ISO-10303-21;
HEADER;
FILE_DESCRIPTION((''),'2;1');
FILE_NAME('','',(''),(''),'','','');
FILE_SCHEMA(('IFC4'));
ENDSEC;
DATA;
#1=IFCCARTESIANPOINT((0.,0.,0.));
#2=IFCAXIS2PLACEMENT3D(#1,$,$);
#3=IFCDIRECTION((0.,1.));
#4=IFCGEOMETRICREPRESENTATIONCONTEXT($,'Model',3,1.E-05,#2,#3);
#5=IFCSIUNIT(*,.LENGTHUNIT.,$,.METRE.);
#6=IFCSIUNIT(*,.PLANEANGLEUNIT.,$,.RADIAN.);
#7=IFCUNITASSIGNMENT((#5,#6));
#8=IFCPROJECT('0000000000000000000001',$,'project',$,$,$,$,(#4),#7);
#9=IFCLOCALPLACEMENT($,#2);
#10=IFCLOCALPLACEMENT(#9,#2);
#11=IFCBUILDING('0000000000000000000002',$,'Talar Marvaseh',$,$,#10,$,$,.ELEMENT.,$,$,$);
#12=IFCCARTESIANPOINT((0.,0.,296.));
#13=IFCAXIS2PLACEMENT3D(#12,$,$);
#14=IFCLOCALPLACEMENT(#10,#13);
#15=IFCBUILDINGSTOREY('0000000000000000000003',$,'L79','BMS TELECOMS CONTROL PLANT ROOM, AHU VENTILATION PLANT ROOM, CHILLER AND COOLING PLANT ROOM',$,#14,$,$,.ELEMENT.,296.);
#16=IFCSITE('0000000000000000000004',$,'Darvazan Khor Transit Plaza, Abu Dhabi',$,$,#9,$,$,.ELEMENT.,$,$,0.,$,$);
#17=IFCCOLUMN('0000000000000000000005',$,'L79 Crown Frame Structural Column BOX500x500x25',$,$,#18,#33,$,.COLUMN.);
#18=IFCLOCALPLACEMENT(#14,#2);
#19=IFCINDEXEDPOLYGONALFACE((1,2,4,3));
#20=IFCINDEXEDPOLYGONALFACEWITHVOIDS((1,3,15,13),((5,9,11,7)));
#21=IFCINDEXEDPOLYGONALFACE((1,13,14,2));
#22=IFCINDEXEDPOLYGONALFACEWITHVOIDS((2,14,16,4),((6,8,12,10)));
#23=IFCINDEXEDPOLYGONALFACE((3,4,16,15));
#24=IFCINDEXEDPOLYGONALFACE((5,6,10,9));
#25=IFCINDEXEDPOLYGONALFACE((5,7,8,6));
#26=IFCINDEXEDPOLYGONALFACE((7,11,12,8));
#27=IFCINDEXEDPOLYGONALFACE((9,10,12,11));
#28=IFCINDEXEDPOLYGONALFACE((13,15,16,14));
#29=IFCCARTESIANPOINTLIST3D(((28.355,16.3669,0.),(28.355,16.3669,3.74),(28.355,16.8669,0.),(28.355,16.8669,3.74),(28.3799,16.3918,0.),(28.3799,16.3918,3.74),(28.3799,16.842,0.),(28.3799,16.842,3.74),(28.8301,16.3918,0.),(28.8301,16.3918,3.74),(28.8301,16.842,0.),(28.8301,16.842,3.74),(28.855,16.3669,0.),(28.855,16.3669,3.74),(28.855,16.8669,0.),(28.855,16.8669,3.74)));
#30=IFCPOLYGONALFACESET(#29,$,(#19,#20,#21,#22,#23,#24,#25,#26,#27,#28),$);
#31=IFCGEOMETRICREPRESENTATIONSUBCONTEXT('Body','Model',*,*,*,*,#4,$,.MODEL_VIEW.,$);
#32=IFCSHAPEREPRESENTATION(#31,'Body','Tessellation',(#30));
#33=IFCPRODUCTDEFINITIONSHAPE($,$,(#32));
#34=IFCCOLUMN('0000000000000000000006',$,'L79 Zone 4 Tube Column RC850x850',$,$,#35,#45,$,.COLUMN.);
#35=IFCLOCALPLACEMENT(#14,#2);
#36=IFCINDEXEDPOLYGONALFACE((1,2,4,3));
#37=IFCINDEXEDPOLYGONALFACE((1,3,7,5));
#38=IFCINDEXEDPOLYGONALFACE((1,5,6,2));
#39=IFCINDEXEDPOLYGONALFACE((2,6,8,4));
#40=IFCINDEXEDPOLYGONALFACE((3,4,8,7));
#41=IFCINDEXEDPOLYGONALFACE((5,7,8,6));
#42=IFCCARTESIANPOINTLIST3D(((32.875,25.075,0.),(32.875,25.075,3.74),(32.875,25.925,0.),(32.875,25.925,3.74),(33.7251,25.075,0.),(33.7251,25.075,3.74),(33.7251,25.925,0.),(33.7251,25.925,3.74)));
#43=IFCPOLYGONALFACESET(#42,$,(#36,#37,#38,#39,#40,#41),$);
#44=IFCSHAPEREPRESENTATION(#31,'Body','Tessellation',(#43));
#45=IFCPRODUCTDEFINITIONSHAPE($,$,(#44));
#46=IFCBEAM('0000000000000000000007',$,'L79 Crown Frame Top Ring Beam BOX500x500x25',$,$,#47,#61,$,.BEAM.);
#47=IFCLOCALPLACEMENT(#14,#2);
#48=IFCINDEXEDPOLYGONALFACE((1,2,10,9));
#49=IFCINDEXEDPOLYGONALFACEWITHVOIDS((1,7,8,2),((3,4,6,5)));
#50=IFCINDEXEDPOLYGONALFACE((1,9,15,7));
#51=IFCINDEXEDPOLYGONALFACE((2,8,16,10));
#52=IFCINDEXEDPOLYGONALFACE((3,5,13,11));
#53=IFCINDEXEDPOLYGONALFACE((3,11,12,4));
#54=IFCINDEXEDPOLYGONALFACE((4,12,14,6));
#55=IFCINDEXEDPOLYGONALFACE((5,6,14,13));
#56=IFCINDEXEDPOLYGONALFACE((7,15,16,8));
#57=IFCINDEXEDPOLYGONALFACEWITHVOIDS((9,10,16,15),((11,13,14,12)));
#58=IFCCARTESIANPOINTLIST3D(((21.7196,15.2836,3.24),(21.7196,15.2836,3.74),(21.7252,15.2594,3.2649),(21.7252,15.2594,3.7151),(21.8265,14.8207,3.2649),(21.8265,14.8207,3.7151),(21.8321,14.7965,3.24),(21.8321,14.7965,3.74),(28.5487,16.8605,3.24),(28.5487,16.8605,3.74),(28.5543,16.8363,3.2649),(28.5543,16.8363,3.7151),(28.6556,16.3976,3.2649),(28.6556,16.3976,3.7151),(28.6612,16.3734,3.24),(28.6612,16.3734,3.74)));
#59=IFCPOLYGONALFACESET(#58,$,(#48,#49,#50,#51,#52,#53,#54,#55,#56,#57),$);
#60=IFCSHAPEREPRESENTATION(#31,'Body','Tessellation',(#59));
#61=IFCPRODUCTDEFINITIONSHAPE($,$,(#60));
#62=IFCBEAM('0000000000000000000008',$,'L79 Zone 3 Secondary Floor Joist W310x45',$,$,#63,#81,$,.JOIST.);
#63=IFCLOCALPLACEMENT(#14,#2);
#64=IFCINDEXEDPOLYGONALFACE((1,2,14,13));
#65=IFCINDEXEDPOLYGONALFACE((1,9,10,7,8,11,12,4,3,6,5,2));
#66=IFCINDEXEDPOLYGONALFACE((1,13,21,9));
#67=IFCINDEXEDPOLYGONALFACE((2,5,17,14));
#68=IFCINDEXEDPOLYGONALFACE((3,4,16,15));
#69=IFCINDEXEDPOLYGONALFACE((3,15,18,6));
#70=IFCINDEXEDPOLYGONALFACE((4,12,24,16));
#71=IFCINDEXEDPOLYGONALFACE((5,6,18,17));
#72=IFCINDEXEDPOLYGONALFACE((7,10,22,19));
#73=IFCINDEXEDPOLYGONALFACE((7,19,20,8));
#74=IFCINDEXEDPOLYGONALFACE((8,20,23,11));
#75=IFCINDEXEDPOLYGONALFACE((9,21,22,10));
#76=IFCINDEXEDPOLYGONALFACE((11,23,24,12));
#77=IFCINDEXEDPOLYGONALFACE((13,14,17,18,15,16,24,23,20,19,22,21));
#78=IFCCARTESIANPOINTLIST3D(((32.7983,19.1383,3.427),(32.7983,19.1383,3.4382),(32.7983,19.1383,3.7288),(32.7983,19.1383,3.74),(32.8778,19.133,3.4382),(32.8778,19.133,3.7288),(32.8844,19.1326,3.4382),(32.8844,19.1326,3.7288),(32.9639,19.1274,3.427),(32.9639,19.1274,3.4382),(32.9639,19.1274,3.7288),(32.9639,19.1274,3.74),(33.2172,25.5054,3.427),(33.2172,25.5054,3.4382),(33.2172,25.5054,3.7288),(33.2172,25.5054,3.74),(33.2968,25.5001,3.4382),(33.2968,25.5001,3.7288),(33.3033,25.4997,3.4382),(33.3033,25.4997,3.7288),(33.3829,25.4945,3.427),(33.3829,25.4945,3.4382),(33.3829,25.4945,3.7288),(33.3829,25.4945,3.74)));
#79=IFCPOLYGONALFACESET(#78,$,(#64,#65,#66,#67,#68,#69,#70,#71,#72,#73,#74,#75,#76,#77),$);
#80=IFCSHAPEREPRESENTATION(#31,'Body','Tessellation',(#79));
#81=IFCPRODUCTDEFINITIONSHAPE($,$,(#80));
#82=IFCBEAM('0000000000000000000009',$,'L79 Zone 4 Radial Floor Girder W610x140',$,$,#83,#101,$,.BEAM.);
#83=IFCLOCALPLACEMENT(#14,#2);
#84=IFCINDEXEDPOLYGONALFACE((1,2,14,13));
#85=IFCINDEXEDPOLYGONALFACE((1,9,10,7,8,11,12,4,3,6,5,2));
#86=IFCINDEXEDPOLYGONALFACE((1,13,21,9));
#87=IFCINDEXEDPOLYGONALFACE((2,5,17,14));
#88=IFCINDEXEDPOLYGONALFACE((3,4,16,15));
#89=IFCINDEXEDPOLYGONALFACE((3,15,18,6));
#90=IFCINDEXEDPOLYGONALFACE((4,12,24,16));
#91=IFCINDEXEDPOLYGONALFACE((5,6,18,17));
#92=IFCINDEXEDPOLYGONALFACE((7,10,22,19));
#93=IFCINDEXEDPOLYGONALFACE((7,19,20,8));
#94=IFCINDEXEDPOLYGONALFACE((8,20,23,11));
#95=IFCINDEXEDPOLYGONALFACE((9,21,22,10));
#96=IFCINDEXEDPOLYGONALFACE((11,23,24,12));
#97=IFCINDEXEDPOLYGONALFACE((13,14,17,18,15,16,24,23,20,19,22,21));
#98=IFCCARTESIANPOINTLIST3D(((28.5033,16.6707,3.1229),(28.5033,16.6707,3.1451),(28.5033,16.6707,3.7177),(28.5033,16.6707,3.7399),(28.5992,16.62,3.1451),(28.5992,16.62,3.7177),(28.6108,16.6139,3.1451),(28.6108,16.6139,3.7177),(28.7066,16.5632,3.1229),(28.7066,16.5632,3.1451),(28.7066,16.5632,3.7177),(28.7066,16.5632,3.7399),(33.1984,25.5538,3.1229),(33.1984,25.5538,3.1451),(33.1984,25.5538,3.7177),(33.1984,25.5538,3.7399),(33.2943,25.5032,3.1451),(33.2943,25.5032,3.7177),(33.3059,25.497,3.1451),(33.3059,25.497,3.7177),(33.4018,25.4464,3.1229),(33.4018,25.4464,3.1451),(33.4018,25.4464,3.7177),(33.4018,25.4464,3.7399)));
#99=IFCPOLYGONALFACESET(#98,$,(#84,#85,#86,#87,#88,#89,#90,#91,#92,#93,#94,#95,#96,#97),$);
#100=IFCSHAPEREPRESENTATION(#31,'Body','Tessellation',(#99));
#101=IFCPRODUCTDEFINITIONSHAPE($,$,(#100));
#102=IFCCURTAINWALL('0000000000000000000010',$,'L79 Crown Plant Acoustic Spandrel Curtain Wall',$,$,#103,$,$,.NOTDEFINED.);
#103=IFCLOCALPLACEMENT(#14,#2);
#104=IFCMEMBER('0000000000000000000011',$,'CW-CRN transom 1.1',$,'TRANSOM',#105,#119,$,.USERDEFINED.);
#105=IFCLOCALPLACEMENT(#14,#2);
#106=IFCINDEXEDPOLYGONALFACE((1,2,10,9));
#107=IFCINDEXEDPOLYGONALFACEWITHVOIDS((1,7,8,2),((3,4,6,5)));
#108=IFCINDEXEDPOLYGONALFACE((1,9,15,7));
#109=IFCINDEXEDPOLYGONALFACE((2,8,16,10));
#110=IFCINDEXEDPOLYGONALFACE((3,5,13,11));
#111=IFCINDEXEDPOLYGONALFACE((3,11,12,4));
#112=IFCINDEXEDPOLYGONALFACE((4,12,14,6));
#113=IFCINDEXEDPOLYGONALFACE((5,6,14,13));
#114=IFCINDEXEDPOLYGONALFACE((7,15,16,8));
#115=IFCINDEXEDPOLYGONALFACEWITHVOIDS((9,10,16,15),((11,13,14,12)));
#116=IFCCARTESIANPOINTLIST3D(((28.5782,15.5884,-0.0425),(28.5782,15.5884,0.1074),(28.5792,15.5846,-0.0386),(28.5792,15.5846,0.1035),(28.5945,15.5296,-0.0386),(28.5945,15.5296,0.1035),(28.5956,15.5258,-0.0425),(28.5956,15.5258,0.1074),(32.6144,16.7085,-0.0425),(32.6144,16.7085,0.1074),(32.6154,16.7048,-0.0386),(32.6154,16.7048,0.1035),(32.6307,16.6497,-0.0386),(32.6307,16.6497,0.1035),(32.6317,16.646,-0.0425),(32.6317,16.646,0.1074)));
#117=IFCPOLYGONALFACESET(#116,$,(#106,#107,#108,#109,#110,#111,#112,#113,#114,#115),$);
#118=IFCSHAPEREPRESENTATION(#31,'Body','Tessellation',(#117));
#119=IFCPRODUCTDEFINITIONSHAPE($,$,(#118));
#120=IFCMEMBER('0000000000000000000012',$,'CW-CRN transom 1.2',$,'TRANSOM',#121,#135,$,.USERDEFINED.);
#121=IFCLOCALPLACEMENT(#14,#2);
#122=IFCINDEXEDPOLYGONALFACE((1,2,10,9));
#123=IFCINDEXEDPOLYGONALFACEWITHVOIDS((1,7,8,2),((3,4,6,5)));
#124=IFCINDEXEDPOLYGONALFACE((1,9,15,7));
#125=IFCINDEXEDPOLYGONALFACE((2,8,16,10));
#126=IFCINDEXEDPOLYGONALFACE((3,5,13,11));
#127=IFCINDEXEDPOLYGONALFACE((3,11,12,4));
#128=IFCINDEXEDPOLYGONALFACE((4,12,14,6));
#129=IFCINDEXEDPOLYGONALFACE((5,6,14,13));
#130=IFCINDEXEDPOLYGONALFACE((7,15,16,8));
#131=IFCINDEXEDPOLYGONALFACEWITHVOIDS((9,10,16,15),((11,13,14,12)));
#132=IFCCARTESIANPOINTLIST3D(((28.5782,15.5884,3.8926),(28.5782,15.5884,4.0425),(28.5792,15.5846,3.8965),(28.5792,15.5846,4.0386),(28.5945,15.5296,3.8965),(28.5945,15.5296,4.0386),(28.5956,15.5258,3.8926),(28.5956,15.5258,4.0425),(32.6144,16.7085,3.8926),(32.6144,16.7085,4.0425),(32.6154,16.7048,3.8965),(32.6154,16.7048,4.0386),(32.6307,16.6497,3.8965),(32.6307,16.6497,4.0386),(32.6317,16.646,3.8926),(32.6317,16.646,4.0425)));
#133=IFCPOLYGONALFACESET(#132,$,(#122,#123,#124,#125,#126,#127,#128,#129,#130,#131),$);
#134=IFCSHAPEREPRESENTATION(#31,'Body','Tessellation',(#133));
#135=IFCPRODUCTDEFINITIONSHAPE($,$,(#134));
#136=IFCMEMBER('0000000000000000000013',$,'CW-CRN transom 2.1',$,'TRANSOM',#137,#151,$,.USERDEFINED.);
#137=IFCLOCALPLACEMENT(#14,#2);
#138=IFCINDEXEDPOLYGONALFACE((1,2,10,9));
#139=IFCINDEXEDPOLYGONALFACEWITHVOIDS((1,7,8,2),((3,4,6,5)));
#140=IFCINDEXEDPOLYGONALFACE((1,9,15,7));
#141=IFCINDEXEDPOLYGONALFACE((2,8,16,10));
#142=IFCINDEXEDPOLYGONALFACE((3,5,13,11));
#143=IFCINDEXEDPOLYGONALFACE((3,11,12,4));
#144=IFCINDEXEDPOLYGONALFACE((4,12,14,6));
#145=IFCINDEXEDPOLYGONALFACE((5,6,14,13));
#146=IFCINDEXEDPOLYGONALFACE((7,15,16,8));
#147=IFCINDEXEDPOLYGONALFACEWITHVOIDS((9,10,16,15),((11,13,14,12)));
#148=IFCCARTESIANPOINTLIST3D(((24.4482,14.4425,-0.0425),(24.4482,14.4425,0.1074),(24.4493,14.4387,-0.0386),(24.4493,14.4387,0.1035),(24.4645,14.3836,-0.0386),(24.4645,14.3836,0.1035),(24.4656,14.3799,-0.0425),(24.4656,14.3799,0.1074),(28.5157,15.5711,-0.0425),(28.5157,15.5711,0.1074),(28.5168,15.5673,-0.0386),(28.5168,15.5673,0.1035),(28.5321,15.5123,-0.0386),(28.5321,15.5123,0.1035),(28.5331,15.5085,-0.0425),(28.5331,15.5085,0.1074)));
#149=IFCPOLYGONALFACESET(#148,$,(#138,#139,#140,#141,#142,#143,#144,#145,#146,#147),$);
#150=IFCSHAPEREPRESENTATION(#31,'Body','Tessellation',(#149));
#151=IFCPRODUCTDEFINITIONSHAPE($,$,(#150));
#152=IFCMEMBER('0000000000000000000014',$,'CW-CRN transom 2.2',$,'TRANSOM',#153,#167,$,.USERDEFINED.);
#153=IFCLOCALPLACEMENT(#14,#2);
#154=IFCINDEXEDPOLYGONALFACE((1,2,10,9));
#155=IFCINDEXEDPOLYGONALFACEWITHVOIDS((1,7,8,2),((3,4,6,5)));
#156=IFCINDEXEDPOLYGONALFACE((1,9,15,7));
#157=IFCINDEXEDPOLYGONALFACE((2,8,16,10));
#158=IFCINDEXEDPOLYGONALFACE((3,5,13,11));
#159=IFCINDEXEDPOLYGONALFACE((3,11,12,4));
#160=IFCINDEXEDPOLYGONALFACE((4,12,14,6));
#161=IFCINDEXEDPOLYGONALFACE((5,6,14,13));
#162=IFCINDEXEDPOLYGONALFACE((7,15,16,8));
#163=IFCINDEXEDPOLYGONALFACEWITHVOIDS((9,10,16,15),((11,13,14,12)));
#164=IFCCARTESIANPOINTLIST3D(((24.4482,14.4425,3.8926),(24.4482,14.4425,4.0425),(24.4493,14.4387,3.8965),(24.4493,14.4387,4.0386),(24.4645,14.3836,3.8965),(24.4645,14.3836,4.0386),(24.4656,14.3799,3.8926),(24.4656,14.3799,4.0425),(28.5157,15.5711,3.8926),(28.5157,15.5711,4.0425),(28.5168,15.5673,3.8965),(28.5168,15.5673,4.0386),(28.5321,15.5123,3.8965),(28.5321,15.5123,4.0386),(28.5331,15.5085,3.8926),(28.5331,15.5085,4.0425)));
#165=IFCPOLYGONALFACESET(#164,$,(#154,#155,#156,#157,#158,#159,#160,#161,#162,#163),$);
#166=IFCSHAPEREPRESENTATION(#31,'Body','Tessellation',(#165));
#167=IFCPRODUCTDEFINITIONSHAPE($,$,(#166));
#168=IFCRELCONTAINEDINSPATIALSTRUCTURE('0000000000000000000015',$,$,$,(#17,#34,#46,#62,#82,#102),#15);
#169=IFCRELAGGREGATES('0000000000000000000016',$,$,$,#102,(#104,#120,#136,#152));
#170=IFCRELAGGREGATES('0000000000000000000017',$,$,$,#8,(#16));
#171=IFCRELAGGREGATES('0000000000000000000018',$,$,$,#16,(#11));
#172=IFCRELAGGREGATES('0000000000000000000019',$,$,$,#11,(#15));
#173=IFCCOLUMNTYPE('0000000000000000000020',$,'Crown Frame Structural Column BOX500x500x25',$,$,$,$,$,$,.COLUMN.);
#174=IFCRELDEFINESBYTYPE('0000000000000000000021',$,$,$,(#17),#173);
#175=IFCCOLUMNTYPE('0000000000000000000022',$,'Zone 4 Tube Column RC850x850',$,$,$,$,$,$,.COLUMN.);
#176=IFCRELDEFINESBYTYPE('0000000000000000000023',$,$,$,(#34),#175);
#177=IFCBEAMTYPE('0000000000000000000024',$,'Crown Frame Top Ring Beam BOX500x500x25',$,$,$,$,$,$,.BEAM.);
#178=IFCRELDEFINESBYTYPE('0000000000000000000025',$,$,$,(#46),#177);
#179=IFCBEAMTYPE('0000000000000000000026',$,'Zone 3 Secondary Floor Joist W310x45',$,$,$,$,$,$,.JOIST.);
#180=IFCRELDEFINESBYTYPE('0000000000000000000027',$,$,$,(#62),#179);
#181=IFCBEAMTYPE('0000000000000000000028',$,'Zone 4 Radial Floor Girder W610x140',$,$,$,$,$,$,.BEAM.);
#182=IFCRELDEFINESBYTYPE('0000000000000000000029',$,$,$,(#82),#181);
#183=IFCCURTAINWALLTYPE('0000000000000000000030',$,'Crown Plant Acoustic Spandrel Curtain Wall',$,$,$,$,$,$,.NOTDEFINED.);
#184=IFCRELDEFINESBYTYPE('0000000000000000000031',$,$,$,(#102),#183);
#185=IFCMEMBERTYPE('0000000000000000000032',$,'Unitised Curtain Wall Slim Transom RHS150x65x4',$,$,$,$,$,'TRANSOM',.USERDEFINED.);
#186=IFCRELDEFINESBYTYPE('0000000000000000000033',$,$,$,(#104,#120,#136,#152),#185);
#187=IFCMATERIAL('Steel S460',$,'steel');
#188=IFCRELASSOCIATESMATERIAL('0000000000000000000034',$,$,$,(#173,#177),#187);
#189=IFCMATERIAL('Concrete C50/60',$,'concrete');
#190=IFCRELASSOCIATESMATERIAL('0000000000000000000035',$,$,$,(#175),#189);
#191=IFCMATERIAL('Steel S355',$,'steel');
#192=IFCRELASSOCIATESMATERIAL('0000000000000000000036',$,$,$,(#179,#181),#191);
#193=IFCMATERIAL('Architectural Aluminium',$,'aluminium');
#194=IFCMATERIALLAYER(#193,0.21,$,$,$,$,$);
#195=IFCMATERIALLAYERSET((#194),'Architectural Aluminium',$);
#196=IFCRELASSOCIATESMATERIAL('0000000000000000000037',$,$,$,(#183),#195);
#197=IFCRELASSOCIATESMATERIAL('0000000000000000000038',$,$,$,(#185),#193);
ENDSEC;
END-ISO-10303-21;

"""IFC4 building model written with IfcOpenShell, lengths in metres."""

from ifc_helpers import new_model, si_unit, direction, frame, origin, origin_2d, place, context, subcontext, project, spatial, rectangle, hollow_rectangle, i_section, extrude, source, transform, mapped, material, layer, layer_set, material_profile, profile_set, type_object, type_shapes, element, aggregate, save


model = new_model("IFC4")

# Units and contexts
model_context = context("Model", 3, precision=1e-05, world=origin(), true_north=direction((0.0, 1.0)))
body_context = subcontext(model_context, "Body", "Model", "MODEL_VIEW")
ifc_project = project(units=[si_unit("LENGTHUNIT", "METRE"), si_unit("PLANEANGLEUNIT", "RADIAN")], contexts=[model_context])

# Site, building, storey
site_placement = place(None, origin())
site = spatial("IfcSite", under=ifc_project, at=site_placement, Name="Darvazan Khor Transit Plaza, Abu Dhabi", CompositionType="ELEMENT", RefElevation=0.0)
building_placement = place(site_placement, origin())
building = spatial("IfcBuilding", under=site, at=building_placement, Name="Talar Marvaseh", CompositionType="ELEMENT")
storey_placement = place(building_placement, frame((0.0, 0.0, 296.0)))
storey = spatial("IfcBuildingStorey", under=building, at=storey_placement, Name="L79", Description="BMS TELECOMS CONTROL PLANT ROOM, AHU VENTILATION PLANT ROOM, CHILLER AND COOLING PLANT ROOM", CompositionType="ELEMENT", Elevation=296.0)

# Columns
ifc_material_1 = material(Name="Steel S460", Category="steel")
ifc_material_profile_1 = material_profile(ifc_material_1, hollow_rectangle(XDim=0.5, YDim=0.5, WallThickness=0.0249, at=origin_2d()), Name="BOX500x500x25")
ifc_profile_set_1 = profile_set([ifc_material_profile_1], Name="Steel S460")
column_type_1 = type_object("IfcColumnType", Name="Crown Frame Structural Column BOX500x500x25", PredefinedType="COLUMN", material=ifc_profile_set_1)
column_1_placement = place(storey_placement, frame((28.605, 16.6169, 0.0), z_axis=(0.0, 0.0, 1.0), x_axis=(1.0, 0.0, 0.0)))
element("IfcColumn", 1, at=column_1_placement, inside=storey, type_object=column_type_1, Name="L79 Crown Frame Structural Column BOX500x500x25", PredefinedType="COLUMN", context=body_context, shape_type="SweptSolid", body=[
    extrude(hollow_rectangle(XDim=0.5, YDim=0.5, WallThickness=0.0249, at=origin_2d()), origin(), (0.0, 0.0, 1.0), 3.74),
])
ifc_material_2 = material(Name="Concrete C50/60", Category="concrete")
ifc_material_profile_2 = material_profile(ifc_material_2, rectangle(XDim=0.8501, YDim=0.8501, at=origin_2d()), Name="RC850x850")
ifc_profile_set_2 = profile_set([ifc_material_profile_2], Name="Concrete C50/60")
column_type_2 = type_object("IfcColumnType", Name="Zone 4 Tube Column RC850x850", PredefinedType="COLUMN", material=ifc_profile_set_2)
column_2_placement = place(storey_placement, frame((33.3, 25.5, 0.0), z_axis=(0.0, 0.0, 1.0), x_axis=(1.0, 0.0, 0.0)))
element("IfcColumn", 2, at=column_2_placement, inside=storey, type_object=column_type_2, Name="L79 Zone 4 Tube Column RC850x850", PredefinedType="COLUMN", context=body_context, shape_type="SweptSolid", body=[
    extrude(rectangle(XDim=0.8501, YDim=0.8501, at=origin_2d()), origin(), (0.0, 0.0, 1.0), 3.74),
])

# Beams
ifc_material_profile_3 = material_profile(ifc_material_1, hollow_rectangle(XDim=0.5, YDim=0.5, WallThickness=0.0249, at=origin_2d()), Name="BOX500x500x25")
ifc_profile_set_3 = profile_set([ifc_material_profile_3], Name="Steel S460")
beam_type_1 = type_object("IfcBeamType", Name="Crown Frame Top Ring Beam BOX500x500x25", PredefinedType="BEAM", material=ifc_profile_set_3)
beam_1_placement = place(storey_placement, frame((28.605, 16.6169, 3.49), z_axis=(-0.974361, -0.224989, 0.0), x_axis=(0.224989, -0.974361, 0.0)))
element("IfcBeam", 3, at=beam_1_placement, inside=storey, type_object=beam_type_1, Name="L79 Crown Frame Top Ring Beam BOX500x500x25", PredefinedType="BEAM", context=body_context, shape_type="SweptSolid", body=[
    extrude(hollow_rectangle(XDim=0.5, YDim=0.5, WallThickness=0.0249, at=origin_2d()), origin(), (0.0, 0.0, 1.0), 7.0088),
])
ifc_material_3 = material(Name="Steel S355", Category="steel")
ifc_material_profile_4 = material_profile(ifc_material_3, i_section(OverallWidth=0.166, OverallDepth=0.313, WebThickness=0.0066, FlangeThickness=0.0112, at=origin_2d()), Name="W310x45")
ifc_profile_set_4 = profile_set([ifc_material_profile_4], Name="Steel S355")
beam_type_2 = type_object("IfcBeamType", Name="Zone 3 Secondary Floor Joist W310x45", PredefinedType="JOIST", material=ifc_profile_set_4)
beam_2_placement = place(storey_placement, frame((32.8811, 19.1328, 3.5835), z_axis=(0.065656, 0.997842, 0.0), x_axis=(-0.997842, 0.065656, 0.0)))
element("IfcBeam", 4, at=beam_2_placement, inside=storey, type_object=beam_type_2, Name="L79 Zone 3 Secondary Floor Joist W310x45", PredefinedType="JOIST", context=body_context, shape_type="SweptSolid", body=[
    extrude(i_section(OverallWidth=0.166, OverallDepth=0.313, WebThickness=0.0066, FlangeThickness=0.0112, at=origin_2d()), origin(), (0.0, 0.0, 1.0), 6.3809),
])
ifc_material_profile_5 = material_profile(ifc_material_3, i_section(OverallWidth=0.23, OverallDepth=0.6169, WebThickness=0.0132, FlangeThickness=0.0222, at=origin_2d()), Name="W610x140")
ifc_profile_set_5 = profile_set([ifc_material_profile_5], Name="Steel S355")
beam_type_3 = type_object("IfcBeamType", Name="Zone 4 Radial Floor Girder W610x140", PredefinedType="BEAM", material=ifc_profile_set_5)
beam_3_placement = place(storey_placement, frame((28.605, 16.6169, 3.4314), z_axis=(0.467287, 0.884106, 0.0), x_axis=(-0.884106, 0.467287, 0.0)))
element("IfcBeam", 5, at=beam_3_placement, inside=storey, type_object=beam_type_3, Name="L79 Zone 4 Radial Floor Girder W610x140", PredefinedType="BEAM", context=body_context, shape_type="SweptSolid", body=[
    extrude(i_section(OverallWidth=0.23, OverallDepth=0.6169, WebThickness=0.0132, FlangeThickness=0.0222, at=origin_2d()), origin(), (0.0, 0.0, 1.0), 10.0476),
])

# Curtain wall, members
ifc_material_4 = material(Name="Architectural Aluminium", Category="aluminium")
ifc_layer_1 = layer(ifc_material_4, 0.21)
ifc_layer_set_1 = layer_set([ifc_layer_1], Name="Architectural Aluminium")
curtain_wall_type = type_object("IfcCurtainWallType", Name="Crown Plant Acoustic Spandrel Curtain Wall", PredefinedType="NOTDEFINED", material=ifc_layer_set_1)
curtain_wall_placement = place(storey_placement, origin())
curtain_wall = element("IfcCurtainWall", 6, at=curtain_wall_placement, inside=storey, type_object=curtain_wall_type, Name="L79 Crown Plant Acoustic Spandrel Curtain Wall", PredefinedType="NOTDEFINED")
ifc_material_profile_6 = material_profile(ifc_material_4, hollow_rectangle(XDim=0.0649, YDim=0.1499, WallThickness=0.0039, at=origin_2d()), Name="RHS150x65x4")
ifc_profile_set_6 = profile_set([ifc_material_profile_6], Name="Architectural Aluminium")
member_type_1 = type_object("IfcMemberType", Name="Unitised Curtain Wall Slim Transom RHS150x65x4", ElementType="TRANSOM", PredefinedType="USERDEFINED", material=ifc_profile_set_6)
shared_shape_1 = source(origin(), body_context, "Body", "SweptSolid", [
    extrude(hollow_rectangle(XDim=0.0649, YDim=0.1499, WallThickness=0.0039, at=origin_2d()), origin(), (0.0, 0.0, 1.0), 4.1887),
])
member_1_placement = place(storey_placement, frame((32.623, 16.6772, 0.0325), z_axis=(-0.963581, -0.267415, 0.0), x_axis=(0.267415, -0.963581, 0.0)))
member_1 = element("IfcMember", 7, at=member_1_placement, type_object=member_type_1, Name="CW-CRN transom 1.1", ObjectType="TRANSOM", PredefinedType="USERDEFINED", context=body_context, shape_type="MappedRepresentation", body=[
    mapped(shared_shape_1, transform((0.0, 0.0, 0.0), x_axis=(1.0, 0.0, 0.0), y_axis=(0.0, 1.0, 0.0), z_axis=(0.0, 0.0, 1.0), scale=1.0)),
])
member_2_placement = place(storey_placement, frame((32.623, 16.6772, 3.9675), z_axis=(-0.963581, -0.267415, 0.0), x_axis=(0.267415, -0.963581, 0.0)))
member_2 = element("IfcMember", 8, at=member_2_placement, type_object=member_type_1, Name="CW-CRN transom 1.2", ObjectType="TRANSOM", PredefinedType="USERDEFINED", context=body_context, shape_type="MappedRepresentation", body=[
    mapped(shared_shape_1, transform((0.0, 0.0, 0.0), x_axis=(1.0, 0.0, 0.0), y_axis=(0.0, 1.0, 0.0), z_axis=(0.0, 0.0, 1.0), scale=1.0)),
])
shared_shape_2 = source(origin(), body_context, "Body", "SweptSolid", [
    extrude(hollow_rectangle(XDim=0.0649, YDim=0.1499, WallThickness=0.0039, at=origin_2d()), origin(), (0.0, 0.0, 1.0), 4.2212),
])
type_shapes(member_type_1, [shared_shape_1, shared_shape_2])
member_3_placement = place(storey_placement, frame((28.5244, 15.5398, 0.0325), z_axis=(-0.963593, -0.267372, 0.0), x_axis=(0.267372, -0.963593, 0.0)))
member_3 = element("IfcMember", 9, at=member_3_placement, type_object=member_type_1, Name="CW-CRN transom 2.1", ObjectType="TRANSOM", PredefinedType="USERDEFINED", context=body_context, shape_type="MappedRepresentation", body=[
    mapped(shared_shape_2, transform((0.0, 0.0, 0.0), x_axis=(1.0, 0.0, 0.0), y_axis=(0.0, 1.0, 0.0), z_axis=(0.0, 0.0, 1.0), scale=1.0)),
])
member_4_placement = place(storey_placement, frame((28.5244, 15.5398, 3.9675), z_axis=(-0.963593, -0.267372, 0.0), x_axis=(0.267372, -0.963593, 0.0)))
member_4 = element("IfcMember", 10, at=member_4_placement, type_object=member_type_1, Name="CW-CRN transom 2.2", ObjectType="TRANSOM", PredefinedType="USERDEFINED", context=body_context, shape_type="MappedRepresentation", body=[
    mapped(shared_shape_2, transform((0.0, 0.0, 0.0), x_axis=(1.0, 0.0, 0.0), y_axis=(0.0, 1.0, 0.0), z_axis=(0.0, 0.0, 1.0), scale=1.0)),
])

aggregate(curtain_wall, [member_1, member_2, member_3, member_4])

save(model, "model.ifc")
